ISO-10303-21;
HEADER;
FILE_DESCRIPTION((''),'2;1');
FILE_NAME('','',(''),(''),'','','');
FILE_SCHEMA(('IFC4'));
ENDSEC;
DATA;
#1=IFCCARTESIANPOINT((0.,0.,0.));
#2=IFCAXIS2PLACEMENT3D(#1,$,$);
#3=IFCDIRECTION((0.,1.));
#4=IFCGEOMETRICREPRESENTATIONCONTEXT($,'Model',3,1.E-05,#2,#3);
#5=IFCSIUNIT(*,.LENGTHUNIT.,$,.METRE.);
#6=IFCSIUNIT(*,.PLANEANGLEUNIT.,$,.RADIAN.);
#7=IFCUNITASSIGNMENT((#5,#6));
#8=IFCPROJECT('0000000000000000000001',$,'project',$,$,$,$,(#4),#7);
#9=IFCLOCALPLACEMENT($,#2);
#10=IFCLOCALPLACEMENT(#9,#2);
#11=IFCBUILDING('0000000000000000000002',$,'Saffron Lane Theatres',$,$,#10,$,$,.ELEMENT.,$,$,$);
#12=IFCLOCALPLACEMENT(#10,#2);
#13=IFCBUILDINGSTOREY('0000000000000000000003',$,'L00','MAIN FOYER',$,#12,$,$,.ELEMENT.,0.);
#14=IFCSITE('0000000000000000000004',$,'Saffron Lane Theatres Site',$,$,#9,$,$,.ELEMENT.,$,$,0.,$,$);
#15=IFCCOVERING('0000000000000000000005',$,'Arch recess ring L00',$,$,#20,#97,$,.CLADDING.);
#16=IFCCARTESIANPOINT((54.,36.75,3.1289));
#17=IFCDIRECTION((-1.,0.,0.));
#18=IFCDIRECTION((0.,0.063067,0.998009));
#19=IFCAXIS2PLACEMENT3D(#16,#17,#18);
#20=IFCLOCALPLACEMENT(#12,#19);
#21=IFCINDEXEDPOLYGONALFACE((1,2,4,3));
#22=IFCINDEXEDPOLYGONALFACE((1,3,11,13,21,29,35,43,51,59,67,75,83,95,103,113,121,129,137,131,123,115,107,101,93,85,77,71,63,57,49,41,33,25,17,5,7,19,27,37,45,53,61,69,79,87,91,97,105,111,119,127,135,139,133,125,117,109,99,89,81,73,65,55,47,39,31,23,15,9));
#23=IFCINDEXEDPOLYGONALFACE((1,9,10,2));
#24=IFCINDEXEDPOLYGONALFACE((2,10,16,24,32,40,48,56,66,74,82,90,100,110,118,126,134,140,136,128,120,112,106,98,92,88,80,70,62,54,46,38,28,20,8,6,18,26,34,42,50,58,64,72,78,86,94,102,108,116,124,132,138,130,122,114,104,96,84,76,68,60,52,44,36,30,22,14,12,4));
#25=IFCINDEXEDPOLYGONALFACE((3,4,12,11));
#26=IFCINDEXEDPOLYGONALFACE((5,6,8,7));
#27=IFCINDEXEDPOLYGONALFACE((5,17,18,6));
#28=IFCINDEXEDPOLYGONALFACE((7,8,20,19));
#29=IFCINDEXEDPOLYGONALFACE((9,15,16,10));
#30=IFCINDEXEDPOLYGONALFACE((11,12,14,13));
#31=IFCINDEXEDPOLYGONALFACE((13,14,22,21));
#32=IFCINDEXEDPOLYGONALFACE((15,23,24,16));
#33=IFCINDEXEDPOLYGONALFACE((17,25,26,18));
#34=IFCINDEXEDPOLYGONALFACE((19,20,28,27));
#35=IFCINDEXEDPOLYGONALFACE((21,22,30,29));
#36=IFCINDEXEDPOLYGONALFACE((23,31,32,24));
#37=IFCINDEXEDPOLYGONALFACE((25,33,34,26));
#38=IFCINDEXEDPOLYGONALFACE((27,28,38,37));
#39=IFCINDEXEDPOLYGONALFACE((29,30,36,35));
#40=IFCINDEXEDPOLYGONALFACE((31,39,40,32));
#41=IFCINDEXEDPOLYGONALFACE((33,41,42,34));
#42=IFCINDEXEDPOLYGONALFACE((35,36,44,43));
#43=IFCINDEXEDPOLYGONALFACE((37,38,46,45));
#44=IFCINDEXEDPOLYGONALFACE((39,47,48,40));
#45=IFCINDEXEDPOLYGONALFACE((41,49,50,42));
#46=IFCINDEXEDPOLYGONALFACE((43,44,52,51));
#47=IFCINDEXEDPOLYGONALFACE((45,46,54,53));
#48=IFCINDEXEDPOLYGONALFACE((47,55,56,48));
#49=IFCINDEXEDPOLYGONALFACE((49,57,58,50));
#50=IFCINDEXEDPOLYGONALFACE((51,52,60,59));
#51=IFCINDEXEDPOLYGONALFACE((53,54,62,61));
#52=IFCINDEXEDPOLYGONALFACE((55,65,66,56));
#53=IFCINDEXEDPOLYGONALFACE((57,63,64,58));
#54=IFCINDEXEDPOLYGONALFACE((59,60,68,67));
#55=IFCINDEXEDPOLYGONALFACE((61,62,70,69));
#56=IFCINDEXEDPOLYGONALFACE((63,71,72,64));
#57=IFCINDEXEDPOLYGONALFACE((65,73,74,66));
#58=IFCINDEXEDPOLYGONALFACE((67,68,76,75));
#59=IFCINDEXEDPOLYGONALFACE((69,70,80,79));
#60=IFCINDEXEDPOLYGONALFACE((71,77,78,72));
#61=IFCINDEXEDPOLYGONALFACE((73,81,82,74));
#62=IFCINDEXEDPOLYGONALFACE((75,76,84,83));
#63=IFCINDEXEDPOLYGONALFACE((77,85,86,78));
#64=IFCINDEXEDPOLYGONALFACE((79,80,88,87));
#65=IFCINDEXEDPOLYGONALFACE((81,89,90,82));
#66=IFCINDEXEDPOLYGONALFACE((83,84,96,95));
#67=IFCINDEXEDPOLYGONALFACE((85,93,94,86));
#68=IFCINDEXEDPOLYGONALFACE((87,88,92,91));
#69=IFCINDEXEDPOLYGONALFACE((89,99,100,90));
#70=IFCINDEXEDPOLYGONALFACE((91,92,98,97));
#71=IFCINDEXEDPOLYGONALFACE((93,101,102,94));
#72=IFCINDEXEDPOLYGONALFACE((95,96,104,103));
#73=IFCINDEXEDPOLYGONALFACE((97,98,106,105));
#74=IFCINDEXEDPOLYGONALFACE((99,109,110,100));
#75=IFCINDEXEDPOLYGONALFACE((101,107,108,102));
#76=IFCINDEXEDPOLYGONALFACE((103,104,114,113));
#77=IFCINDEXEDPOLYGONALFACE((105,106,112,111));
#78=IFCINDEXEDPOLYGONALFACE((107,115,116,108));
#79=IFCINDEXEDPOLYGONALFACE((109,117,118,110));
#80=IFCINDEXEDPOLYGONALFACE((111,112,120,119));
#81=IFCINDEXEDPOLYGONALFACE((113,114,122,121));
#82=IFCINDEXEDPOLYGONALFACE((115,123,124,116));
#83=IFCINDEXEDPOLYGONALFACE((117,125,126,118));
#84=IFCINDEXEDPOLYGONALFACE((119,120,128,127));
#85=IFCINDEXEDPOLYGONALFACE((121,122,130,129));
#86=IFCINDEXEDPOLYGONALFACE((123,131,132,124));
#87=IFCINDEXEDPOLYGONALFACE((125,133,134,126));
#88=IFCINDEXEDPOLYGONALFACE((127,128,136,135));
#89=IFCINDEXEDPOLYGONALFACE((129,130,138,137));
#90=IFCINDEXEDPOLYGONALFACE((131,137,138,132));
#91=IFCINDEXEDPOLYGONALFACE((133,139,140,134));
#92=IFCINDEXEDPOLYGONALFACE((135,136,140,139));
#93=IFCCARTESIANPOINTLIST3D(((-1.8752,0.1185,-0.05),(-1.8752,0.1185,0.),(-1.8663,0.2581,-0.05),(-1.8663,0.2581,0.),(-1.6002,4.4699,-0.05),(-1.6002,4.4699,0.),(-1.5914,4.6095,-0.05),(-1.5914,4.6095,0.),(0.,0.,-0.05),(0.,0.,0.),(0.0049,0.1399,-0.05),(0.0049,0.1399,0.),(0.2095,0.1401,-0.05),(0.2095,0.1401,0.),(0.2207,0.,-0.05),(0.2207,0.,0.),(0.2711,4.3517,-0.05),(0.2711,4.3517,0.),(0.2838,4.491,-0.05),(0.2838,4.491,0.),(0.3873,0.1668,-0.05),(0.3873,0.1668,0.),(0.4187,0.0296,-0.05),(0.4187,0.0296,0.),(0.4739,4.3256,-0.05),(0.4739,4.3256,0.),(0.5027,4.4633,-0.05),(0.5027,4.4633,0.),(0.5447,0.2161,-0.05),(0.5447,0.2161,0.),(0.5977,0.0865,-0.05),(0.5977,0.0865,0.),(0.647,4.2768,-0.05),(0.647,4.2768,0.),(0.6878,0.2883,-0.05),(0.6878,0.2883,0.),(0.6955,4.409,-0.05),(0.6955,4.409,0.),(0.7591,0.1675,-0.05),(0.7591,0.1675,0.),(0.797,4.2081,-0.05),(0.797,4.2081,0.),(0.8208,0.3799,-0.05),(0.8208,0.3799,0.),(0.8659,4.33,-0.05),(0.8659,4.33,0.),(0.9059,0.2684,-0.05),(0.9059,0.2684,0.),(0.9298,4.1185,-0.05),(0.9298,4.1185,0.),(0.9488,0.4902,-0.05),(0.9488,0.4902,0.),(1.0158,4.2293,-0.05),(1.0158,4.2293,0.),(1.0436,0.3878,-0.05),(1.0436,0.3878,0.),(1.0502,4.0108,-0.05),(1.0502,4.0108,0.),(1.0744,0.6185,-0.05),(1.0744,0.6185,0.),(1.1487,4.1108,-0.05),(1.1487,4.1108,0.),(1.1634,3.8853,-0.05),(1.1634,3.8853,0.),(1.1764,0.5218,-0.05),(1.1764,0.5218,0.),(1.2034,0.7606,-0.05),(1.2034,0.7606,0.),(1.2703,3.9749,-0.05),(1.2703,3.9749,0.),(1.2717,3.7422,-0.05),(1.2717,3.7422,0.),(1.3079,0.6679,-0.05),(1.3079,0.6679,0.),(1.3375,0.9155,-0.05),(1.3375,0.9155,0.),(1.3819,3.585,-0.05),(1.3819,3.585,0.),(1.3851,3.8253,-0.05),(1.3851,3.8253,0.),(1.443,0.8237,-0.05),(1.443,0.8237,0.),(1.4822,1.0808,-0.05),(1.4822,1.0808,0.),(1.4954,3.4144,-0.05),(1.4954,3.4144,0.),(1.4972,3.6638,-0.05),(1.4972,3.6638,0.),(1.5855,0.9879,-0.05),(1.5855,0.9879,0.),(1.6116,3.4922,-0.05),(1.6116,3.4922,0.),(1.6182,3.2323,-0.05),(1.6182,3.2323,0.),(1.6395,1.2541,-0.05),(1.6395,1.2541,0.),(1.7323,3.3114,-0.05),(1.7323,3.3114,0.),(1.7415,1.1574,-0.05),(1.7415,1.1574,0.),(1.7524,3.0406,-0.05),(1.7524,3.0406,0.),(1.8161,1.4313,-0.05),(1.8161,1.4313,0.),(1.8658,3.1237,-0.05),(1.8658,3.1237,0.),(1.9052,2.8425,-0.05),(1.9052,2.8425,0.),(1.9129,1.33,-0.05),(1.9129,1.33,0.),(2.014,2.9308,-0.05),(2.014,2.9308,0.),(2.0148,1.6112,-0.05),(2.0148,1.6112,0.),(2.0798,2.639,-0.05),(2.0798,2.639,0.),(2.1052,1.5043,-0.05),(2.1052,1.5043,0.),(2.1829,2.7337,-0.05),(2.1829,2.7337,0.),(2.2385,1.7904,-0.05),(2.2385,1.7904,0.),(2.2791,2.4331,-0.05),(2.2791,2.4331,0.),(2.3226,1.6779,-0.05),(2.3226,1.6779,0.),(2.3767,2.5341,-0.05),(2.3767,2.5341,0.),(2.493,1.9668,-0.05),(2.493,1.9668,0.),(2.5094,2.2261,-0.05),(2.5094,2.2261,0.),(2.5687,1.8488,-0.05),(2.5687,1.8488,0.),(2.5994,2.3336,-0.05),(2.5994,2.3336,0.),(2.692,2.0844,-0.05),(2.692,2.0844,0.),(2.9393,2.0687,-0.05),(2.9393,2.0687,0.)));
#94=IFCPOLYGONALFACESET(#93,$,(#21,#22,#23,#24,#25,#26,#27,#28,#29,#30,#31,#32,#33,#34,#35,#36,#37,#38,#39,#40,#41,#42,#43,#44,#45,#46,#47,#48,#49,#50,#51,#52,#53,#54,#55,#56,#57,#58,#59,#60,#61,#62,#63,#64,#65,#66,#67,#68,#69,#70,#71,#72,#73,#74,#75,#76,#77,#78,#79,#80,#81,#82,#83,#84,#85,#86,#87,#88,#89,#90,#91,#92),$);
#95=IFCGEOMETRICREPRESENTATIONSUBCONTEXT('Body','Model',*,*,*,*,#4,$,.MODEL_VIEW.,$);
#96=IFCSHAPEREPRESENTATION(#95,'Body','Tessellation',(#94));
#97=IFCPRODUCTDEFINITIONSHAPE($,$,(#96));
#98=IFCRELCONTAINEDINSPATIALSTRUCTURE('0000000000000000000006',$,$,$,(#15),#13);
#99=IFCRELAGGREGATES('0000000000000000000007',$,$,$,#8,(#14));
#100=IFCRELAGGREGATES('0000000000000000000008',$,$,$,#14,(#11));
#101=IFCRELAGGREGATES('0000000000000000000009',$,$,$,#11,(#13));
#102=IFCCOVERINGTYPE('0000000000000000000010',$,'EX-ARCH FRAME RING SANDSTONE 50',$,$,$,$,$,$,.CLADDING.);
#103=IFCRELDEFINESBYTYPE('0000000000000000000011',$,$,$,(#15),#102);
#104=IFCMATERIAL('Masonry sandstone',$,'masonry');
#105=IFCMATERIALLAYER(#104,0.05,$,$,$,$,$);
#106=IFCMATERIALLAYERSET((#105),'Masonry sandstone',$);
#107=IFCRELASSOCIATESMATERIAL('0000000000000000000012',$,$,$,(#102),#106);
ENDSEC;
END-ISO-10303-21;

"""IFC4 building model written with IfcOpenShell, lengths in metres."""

from ifc_helpers import new_model, si_unit, direction, frame, origin, place, context, subcontext, project, spatial, polyline, outline, extrude, material, layer, layer_set, type_object, element, save


model = new_model("IFC4")

# Units and contexts
model_context = context("Model", 3, precision=1e-05, world=origin(), true_north=direction((0.0, 1.0)))
body_context = subcontext(model_context, "Body", "Model", "MODEL_VIEW")
ifc_project = project(units=[si_unit("LENGTHUNIT", "METRE"), si_unit("PLANEANGLEUNIT", "RADIAN")], contexts=[model_context])

# Site, building, storey
site_placement = place(None, origin())
site = spatial("IfcSite", under=ifc_project, at=site_placement, Name="Saffron Lane Theatres Site", CompositionType="ELEMENT", RefElevation=0.0)
building_placement = place(site_placement, origin())
building = spatial("IfcBuilding", under=site, at=building_placement, Name="Saffron Lane Theatres", CompositionType="ELEMENT")
storey_placement = place(building_placement, origin())
storey = spatial("IfcBuildingStorey", under=building, at=storey_placement, Name="L00", Description="MAIN FOYER", CompositionType="ELEMENT", Elevation=0.0)

# Covering
ifc_material_1 = material(Name="Masonry sandstone", Category="masonry")
ifc_layer_1 = layer(ifc_material_1, 0.05)
ifc_layer_set_1 = layer_set([ifc_layer_1], Name="Masonry sandstone")
covering_type_1 = type_object("IfcCoveringType", Name="EX-ARCH FRAME RING SANDSTONE 50", PredefinedType="CLADDING", material=ifc_layer_set_1)
covering_1_placement = place(storey_placement, frame((54.0, 36.75, 3.1289), z_axis=(-1.0, 0.0, 0.0), x_axis=(0.0, 0.063067, 0.998009)))
element("IfcCovering", 1, at=covering_1_placement, inside=storey, type_object=covering_type_1, Name="Arch recess ring L00", PredefinedType="CLADDING", context=body_context, shape_type="SweptSolid", body=[
    extrude(outline(polyline([(0.0, 0.0), (0.2207, 0.0), (0.4187, 0.0296), (0.5977, 0.0865), (0.7591, 0.1675), (0.9059, 0.2684), (1.0436, 0.3878), (1.1764, 0.5218), (1.3079, 0.6679), (1.443, 0.8237), (1.5855, 0.9879), (1.7415, 1.1574), (1.9129, 1.33), (2.1052, 1.5043), (2.3226, 1.6779), (2.5687, 1.8488), (2.9393, 2.0687), (2.5994, 2.3336), (2.3767, 2.5341), (2.1829, 2.7337), (2.014, 2.9308), (1.8658, 3.1237), (1.7323, 3.3114), (1.6116, 3.4922), (1.4972, 3.6638), (1.3851, 3.8253), (1.2703, 3.9749), (1.1487, 4.1108), (1.0158, 4.2293), (0.8659, 4.33), (0.6955, 4.409), (0.5027, 4.4633), (0.2838, 4.491), (-1.5914, 4.6095), (-1.6002, 4.4699), (0.2711, 4.3517), (0.4739, 4.3256), (0.647, 4.2768), (0.797, 4.2081), (0.9298, 4.1185), (1.0502, 4.0108), (1.1634, 3.8853), (1.2717, 3.7422), (1.3819, 3.585), (1.4954, 3.4144), (1.6182, 3.2323), (1.7524, 3.0406), (1.9052, 2.8425), (2.0798, 2.639), (2.2791, 2.4331), (2.5094, 2.2261), (2.692, 2.0844), (2.493, 1.9668), (2.2385, 1.7904), (2.0148, 1.6112), (1.8161, 1.4313), (1.6395, 1.2541), (1.4822, 1.0808), (1.3375, 0.9155), (1.2034, 0.7606), (1.0744, 0.6185), (0.9488, 0.4902), (0.8208, 0.3799), (0.6878, 0.2883), (0.5447, 0.2161), (0.3873, 0.1668), (0.2095, 0.1401), (0.0049, 0.1399), (-1.8663, 0.2581), (-1.8752, 0.1185), (0.0, 0.0)])), origin(), (0.0, 0.0, -1.0), 0.05),
])

save(model, "model.ifc")
